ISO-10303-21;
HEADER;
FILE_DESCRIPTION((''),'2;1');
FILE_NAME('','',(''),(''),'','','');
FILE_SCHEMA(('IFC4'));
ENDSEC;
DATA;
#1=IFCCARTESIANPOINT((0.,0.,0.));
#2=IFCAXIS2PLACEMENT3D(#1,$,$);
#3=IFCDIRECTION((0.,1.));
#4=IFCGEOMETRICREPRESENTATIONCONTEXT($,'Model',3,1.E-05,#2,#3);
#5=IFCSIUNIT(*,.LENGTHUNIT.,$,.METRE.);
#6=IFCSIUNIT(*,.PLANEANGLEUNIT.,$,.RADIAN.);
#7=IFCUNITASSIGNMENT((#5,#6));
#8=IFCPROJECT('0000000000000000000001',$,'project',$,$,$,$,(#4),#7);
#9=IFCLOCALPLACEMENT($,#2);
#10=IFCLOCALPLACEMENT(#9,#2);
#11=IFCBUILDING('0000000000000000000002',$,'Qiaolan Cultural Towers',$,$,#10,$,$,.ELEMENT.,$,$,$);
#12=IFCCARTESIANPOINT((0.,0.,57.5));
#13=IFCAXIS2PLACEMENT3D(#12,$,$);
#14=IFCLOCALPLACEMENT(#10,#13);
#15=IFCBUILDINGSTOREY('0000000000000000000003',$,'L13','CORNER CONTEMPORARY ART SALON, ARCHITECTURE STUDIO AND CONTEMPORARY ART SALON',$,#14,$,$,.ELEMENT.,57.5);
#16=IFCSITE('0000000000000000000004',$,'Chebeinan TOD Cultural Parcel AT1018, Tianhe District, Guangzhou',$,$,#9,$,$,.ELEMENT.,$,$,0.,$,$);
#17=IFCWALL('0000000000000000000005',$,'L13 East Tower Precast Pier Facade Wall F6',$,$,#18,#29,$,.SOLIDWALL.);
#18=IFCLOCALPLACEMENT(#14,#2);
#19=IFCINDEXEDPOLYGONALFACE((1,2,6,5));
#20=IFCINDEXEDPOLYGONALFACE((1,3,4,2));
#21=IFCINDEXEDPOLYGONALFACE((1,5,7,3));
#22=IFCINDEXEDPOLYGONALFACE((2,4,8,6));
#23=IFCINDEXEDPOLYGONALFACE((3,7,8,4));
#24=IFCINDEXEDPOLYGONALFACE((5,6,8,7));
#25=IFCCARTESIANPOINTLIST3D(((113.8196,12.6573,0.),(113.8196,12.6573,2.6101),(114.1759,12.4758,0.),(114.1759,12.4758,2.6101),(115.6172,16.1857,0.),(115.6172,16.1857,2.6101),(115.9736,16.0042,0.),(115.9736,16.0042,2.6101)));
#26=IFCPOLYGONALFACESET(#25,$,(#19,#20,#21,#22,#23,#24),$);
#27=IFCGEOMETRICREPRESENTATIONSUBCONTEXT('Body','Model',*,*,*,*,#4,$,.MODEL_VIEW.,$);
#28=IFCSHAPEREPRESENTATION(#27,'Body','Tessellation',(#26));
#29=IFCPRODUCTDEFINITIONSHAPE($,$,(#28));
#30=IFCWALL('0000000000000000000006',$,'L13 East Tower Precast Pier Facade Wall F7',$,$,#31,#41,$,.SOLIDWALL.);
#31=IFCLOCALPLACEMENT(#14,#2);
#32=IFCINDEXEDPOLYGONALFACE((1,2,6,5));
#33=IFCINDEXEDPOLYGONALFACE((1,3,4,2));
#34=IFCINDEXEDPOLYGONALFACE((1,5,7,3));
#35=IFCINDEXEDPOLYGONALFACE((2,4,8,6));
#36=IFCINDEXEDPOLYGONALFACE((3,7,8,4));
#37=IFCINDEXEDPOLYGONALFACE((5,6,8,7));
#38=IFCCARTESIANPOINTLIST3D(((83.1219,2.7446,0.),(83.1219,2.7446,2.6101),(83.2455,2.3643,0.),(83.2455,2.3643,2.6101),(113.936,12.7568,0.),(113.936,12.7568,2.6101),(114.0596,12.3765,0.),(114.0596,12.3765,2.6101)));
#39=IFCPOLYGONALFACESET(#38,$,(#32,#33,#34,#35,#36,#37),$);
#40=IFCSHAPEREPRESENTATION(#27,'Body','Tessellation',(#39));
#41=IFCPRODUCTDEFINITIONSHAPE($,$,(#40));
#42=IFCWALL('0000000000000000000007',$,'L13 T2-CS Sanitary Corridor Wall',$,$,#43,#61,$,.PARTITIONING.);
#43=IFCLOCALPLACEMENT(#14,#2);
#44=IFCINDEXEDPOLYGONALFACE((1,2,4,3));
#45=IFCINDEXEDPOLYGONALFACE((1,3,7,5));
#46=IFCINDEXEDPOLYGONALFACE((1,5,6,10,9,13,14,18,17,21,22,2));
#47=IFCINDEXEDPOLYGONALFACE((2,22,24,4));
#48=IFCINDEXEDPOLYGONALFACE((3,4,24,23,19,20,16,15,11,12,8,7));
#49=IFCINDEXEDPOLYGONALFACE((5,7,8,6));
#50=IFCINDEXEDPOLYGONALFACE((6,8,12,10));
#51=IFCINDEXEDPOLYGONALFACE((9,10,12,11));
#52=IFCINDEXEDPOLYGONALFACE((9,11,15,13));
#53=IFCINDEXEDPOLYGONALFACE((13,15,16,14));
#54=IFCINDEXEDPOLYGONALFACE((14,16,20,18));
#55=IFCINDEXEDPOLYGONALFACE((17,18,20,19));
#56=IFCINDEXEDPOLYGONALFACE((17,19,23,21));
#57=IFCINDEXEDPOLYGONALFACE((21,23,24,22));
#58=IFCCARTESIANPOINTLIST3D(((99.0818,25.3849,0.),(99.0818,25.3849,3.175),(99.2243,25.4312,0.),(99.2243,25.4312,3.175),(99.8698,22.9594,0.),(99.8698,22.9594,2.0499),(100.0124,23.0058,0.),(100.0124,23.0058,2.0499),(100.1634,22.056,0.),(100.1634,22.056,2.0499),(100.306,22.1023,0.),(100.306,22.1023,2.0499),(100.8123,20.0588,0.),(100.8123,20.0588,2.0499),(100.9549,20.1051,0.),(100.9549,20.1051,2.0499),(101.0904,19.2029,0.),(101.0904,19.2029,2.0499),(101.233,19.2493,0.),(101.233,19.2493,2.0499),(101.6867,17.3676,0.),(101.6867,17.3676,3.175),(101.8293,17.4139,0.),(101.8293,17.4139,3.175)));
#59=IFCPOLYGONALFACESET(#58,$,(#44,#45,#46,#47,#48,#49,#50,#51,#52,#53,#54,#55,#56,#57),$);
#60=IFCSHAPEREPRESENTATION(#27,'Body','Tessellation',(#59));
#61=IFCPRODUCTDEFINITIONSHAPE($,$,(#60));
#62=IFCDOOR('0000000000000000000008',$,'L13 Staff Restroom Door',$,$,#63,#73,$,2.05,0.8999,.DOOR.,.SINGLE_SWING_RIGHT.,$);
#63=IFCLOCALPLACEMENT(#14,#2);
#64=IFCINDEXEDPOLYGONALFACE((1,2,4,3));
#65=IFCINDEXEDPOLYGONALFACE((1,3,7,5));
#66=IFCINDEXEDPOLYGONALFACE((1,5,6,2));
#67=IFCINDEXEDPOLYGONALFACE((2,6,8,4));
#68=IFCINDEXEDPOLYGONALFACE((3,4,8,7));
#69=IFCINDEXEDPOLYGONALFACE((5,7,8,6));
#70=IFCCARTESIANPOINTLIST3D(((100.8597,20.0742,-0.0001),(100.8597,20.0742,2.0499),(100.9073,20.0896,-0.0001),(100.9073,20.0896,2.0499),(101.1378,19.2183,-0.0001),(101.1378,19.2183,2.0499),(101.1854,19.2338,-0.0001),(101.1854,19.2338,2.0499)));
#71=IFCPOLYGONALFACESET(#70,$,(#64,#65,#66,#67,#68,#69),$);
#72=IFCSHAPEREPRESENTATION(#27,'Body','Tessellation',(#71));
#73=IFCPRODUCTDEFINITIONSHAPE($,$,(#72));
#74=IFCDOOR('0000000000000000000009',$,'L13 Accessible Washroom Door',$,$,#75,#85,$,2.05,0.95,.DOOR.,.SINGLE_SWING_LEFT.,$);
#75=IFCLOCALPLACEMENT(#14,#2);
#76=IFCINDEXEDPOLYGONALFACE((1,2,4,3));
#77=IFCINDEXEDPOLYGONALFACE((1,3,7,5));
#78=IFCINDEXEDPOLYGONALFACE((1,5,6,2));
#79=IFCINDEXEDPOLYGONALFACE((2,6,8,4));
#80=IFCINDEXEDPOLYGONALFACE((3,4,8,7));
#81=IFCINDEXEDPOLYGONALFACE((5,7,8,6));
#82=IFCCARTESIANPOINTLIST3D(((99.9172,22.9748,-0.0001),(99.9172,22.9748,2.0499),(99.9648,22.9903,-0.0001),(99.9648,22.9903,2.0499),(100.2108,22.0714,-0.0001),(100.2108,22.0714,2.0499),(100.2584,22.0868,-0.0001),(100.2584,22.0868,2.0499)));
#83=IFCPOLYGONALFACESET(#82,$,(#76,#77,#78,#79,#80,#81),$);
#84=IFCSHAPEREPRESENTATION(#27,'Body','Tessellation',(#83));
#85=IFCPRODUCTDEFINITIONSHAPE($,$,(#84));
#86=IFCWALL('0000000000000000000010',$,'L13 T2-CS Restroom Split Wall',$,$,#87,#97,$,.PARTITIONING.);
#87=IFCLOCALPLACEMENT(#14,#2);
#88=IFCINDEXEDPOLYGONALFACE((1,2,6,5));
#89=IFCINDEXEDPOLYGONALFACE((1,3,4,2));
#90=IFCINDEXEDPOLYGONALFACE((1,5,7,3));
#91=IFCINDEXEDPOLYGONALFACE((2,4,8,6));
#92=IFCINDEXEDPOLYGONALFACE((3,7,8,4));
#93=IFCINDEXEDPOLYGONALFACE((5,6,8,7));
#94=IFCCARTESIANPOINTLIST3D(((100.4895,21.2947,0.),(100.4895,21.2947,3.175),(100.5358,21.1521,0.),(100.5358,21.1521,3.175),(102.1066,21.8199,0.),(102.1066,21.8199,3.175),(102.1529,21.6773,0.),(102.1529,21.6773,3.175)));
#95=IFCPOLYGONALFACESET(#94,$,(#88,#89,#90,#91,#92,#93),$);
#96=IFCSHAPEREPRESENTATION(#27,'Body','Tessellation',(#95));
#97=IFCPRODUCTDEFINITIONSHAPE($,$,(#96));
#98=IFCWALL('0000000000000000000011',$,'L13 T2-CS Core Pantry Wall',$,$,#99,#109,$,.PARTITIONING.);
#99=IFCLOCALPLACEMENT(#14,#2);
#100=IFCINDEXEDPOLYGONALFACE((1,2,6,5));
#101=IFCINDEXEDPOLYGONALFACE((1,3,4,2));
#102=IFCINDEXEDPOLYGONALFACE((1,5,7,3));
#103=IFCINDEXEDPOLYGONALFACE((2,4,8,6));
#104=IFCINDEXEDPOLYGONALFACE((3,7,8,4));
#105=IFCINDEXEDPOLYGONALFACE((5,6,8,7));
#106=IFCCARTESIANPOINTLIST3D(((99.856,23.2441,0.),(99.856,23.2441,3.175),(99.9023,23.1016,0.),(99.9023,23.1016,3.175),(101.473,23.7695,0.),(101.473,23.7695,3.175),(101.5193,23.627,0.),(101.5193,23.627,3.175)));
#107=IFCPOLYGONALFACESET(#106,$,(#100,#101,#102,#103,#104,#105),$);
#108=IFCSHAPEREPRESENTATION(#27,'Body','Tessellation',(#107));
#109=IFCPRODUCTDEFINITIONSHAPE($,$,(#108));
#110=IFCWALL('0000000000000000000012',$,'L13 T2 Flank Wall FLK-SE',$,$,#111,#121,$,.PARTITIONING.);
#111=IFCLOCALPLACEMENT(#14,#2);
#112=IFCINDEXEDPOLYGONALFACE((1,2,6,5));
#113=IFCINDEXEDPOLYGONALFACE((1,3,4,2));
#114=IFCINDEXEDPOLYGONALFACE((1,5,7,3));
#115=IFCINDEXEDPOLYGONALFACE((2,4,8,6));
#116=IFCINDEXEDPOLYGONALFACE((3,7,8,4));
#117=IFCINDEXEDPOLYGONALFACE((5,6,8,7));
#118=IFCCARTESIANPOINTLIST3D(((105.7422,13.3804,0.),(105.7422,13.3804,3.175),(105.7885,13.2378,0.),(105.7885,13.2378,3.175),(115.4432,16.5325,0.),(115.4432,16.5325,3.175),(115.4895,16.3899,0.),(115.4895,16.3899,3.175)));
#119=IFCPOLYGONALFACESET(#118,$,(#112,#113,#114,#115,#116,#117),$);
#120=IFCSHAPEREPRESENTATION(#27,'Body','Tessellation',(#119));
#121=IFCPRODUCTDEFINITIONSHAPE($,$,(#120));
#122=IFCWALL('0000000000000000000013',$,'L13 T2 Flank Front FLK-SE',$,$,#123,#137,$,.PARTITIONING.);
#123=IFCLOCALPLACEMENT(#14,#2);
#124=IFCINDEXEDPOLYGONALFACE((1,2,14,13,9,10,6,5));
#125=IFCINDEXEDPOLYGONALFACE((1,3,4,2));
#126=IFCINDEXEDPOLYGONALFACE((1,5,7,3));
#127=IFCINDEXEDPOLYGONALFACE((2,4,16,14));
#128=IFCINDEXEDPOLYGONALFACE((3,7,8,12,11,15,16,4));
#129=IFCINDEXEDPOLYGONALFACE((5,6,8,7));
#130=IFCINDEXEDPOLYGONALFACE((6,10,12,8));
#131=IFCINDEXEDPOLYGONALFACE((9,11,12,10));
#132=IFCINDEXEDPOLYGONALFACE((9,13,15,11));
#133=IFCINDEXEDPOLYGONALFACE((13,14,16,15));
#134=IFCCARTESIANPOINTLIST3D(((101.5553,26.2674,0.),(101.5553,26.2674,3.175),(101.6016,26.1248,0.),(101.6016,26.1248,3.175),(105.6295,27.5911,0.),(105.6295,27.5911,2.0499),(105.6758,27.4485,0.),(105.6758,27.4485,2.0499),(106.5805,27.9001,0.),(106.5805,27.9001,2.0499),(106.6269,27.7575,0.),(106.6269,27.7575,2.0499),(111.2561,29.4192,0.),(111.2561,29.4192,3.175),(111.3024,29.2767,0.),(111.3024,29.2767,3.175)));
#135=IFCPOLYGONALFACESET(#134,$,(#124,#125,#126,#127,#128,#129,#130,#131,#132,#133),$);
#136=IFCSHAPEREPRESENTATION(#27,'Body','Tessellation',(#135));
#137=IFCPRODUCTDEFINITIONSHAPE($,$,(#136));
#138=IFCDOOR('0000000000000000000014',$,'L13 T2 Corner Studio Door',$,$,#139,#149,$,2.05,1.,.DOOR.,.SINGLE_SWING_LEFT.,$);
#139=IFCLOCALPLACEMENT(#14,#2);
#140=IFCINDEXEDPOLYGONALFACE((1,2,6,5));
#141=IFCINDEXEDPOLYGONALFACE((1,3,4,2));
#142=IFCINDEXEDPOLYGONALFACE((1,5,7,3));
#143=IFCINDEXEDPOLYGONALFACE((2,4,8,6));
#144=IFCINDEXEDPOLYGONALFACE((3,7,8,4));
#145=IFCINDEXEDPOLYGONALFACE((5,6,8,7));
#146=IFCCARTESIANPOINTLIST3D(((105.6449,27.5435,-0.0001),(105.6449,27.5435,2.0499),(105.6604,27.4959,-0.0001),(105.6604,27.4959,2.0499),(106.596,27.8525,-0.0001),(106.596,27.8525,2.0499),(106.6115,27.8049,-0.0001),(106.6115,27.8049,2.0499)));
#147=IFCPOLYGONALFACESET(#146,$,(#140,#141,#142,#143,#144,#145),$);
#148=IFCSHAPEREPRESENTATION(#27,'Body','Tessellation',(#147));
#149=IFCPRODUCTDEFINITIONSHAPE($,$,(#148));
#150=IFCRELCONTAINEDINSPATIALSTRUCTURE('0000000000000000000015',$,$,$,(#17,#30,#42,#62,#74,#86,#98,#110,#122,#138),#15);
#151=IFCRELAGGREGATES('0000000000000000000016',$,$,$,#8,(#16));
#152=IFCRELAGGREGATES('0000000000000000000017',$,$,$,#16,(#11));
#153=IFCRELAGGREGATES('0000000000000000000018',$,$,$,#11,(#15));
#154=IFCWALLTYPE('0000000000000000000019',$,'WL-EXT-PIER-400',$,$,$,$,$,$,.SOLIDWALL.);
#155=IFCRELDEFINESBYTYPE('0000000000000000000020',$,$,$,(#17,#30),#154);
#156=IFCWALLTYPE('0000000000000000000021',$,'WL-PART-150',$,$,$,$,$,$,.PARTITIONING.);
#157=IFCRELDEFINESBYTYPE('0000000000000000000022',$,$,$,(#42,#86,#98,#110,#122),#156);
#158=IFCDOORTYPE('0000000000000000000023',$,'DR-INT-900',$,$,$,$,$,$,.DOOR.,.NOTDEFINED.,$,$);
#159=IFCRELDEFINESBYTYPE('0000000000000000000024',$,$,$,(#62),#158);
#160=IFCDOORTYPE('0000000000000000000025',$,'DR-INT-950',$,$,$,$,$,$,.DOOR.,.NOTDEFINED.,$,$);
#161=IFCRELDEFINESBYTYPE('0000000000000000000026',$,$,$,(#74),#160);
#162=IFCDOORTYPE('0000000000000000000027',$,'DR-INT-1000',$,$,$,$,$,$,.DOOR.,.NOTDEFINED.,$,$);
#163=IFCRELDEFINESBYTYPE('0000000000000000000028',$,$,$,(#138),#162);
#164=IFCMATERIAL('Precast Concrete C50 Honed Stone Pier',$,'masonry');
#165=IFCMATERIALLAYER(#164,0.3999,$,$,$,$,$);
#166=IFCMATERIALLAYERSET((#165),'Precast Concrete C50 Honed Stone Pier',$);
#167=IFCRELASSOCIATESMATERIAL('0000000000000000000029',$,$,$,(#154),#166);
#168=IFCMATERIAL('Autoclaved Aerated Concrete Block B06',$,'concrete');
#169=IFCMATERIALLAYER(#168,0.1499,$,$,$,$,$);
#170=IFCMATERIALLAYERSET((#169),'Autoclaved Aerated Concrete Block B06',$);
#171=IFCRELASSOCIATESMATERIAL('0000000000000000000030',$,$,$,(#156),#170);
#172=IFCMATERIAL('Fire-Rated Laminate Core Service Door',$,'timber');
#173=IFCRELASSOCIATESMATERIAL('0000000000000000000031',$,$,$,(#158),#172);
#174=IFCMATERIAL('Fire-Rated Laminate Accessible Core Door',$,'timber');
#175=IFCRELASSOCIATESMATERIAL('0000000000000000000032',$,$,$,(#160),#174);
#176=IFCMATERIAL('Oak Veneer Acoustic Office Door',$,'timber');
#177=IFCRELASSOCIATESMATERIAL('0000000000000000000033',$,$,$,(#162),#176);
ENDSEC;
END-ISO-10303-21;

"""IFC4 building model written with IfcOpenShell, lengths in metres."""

from ifc_helpers import new_model, si_unit, direction, frame, frame_2d, origin, place, context, subcontext, project, spatial, rectangle, extrude, material, layer, layer_set, type_object, element, fill, save


model = new_model("IFC4")

# Units and contexts
model_context = context("Model", 3, precision=1e-05, world=origin(), true_north=direction((0.0, 1.0)))
body_context = subcontext(model_context, "Body", "Model", "MODEL_VIEW")
ifc_project = project(units=[si_unit("LENGTHUNIT", "METRE"), si_unit("PLANEANGLEUNIT", "RADIAN")], contexts=[model_context])

# Site, building, storey
site_placement = place(None, origin())
site = spatial("IfcSite", under=ifc_project, at=site_placement, Name="Chebeinan TOD Cultural Parcel AT1018, Tianhe District, Guangzhou", CompositionType="ELEMENT", RefElevation=0.0)
building_placement = place(site_placement, origin())
building = spatial("IfcBuilding", under=site, at=building_placement, Name="Qiaolan Cultural Towers", CompositionType="ELEMENT")
storey_placement = place(building_placement, frame((0.0, 0.0, 57.5)))
storey = spatial("IfcBuildingStorey", under=building, at=storey_placement, Name="L13", Description="CORNER CONTEMPORARY ART SALON, ARCHITECTURE STUDIO AND CONTEMPORARY ART SALON", CompositionType="ELEMENT", Elevation=57.5)

# Walls
ifc_material_1 = material(Name="Precast Concrete C50 Honed Stone Pier", Category="masonry")
ifc_layer_1 = layer(ifc_material_1, 0.3999)
ifc_layer_set_1 = layer_set([ifc_layer_1], Name="Precast Concrete C50 Honed Stone Pier")
wall_type_1 = type_object("IfcWallType", Name="WL-EXT-PIER-400", PredefinedType="SOLIDWALL", material=ifc_layer_set_1)
wall_1_placement = place(storey_placement, frame((115.7954, 16.095, 0.0), z_axis=(0.0, 0.0, 1.0), x_axis=(-0.453958, -0.891023, 0.0)))
element("IfcWall", 1, at=wall_1_placement, inside=storey, type_object=wall_type_1, Name="L13 East Tower Precast Pier Facade Wall F6", PredefinedType="SOLIDWALL", context=body_context, shape_type="SweptSolid", body=[
    extrude(rectangle(XDim=3.96, YDim=0.3999, at=frame_2d((1.98, 0.0))), origin(), (0.0, 0.0, 1.0), 2.6101),
])
wall_2_placement = place(storey_placement, frame((113.9978, 12.5667, 0.0), z_axis=(0.0, 0.0, 1.0), x_axis=(-0.951056, -0.309019, 0.0)))
element("IfcWall", 2, at=wall_2_placement, inside=storey, type_object=wall_type_1, Name="L13 East Tower Precast Pier Facade Wall F7", PredefinedType="SOLIDWALL", context=body_context, shape_type="SweptSolid", body=[
    extrude(rectangle(XDim=32.3999, YDim=0.3999, at=frame_2d((16.2, 0.0))), origin(), (0.0, 0.0, 1.0), 2.6101),
])

# Wall, openings, doors
ifc_material_2 = material(Name="Autoclaved Aerated Concrete Block B06", Category="concrete")
ifc_layer_2 = layer(ifc_material_2, 0.1499)
ifc_layer_set_2 = layer_set([ifc_layer_2], Name="Autoclaved Aerated Concrete Block B06")
wall_type_2 = type_object("IfcWallType", Name="WL-PART-150", PredefinedType="PARTITIONING", material=ifc_layer_set_2)
wall_3_placement = place(storey_placement, frame((99.1531, 25.408, 0.0), z_axis=(0.0, 0.0, 1.0), x_axis=(0.309016, -0.951057, 0.0)))
wall_3 = element("IfcWall", 3, at=wall_3_placement, inside=storey, type_object=wall_type_2, Name="L13 T2-CS Sanitary Corridor Wall", PredefinedType="PARTITIONING", context=body_context, shape_type="SweptSolid", body=[
    extrude(rectangle(XDim=8.4299, YDim=0.1499, at=frame_2d((4.2148, 0.0))), origin(), (0.0, 0.0, 1.0), 3.175),
])
opening_1_placement = place(wall_3_placement, frame((2.55, 0.0, 0.0)))
opening_1 = element("IfcOpeningElement", 4, at=opening_1_placement, cuts=wall_3, PredefinedType="OPENING", context=body_context, shape_type="SweptSolid", body=[
    extrude(rectangle(XDim=0.95, YDim=2.05, at=frame_2d((0.4751, 1.0249))), frame((0.0, 0.085, 0.0), z_axis=(0.0, -1.0, 0.0), x_axis=(1.0, 0.0, 0.0)), (0.0, 0.0, 1.0), 0.1699),
])
opening_2_placement = place(wall_3_placement, frame((5.6001, 0.0, 0.0)))
opening_2 = element("IfcOpeningElement", 5, at=opening_2_placement, cuts=wall_3, PredefinedType="OPENING", context=body_context, shape_type="SweptSolid", body=[
    extrude(rectangle(XDim=0.8999, YDim=2.05, at=frame_2d((0.45, 1.0249))), frame((0.0, 0.085, 0.0), z_axis=(0.0, -1.0, 0.0), x_axis=(1.0, 0.0, 0.0)), (0.0, 0.0, 1.0), 0.1699),
])
ifc_material_3 = material(Name="Fire-Rated Laminate Core Service Door", Category="timber")
door_type_1 = type_object("IfcDoorType", Name="DR-INT-900", OperationType="NOTDEFINED", PredefinedType="DOOR", material=ifc_material_3)
door_1_placement = place(opening_2_placement, origin())
door_1 = element("IfcDoor", 6, at=door_1_placement, inside=storey, type_object=door_type_1, Name="L13 Staff Restroom Door", OperationType="SINGLE_SWING_RIGHT", OverallHeight=2.05, OverallWidth=0.8999, PredefinedType="DOOR", context=body_context, shape_type="SweptSolid", body=[
    extrude(rectangle(XDim=0.8999, YDim=2.05, at=frame_2d((0.45, 1.0249))), frame((0.0, 0.0249, 0.0), z_axis=(0.0, -1.0, 0.0), x_axis=(1.0, 0.0, 0.0)), (0.0, 0.0, 1.0), 0.05),
])
fill(opening_2, door_1)
ifc_material_4 = material(Name="Fire-Rated Laminate Accessible Core Door", Category="timber")
door_type_2 = type_object("IfcDoorType", Name="DR-INT-950", OperationType="NOTDEFINED", PredefinedType="DOOR", material=ifc_material_4)
door_2_placement = place(opening_1_placement, origin())
door_2 = element("IfcDoor", 7, at=door_2_placement, inside=storey, type_object=door_type_2, Name="L13 Accessible Washroom Door", OperationType="SINGLE_SWING_LEFT", OverallHeight=2.05, OverallWidth=0.95, PredefinedType="DOOR", context=body_context, shape_type="SweptSolid", body=[
    extrude(rectangle(XDim=0.95, YDim=2.05, at=frame_2d((0.4751, 1.0249))), frame((0.0, 0.0249, 0.0), z_axis=(0.0, -1.0, 0.0), x_axis=(1.0, 0.0, 0.0)), (0.0, 0.0, 1.0), 0.05),
])
fill(opening_1, door_2)

# Walls
for number, where, z_axis, x_axis, name in (
    (8, (100.5127, 21.2234, 0.0), (0.0, 0.0, 1.0), (0.951096, 0.308894, 0.0), "L13 T2-CS Restroom Split Wall"),
    (9, (99.8792, 23.1729, 0.0), (0.0, 0.0, 1.0), (0.951054, 0.309024, 0.0), "L13 T2-CS Core Pantry Wall"),
):
    element("IfcWall", number, at=place(storey_placement, frame(where, z_axis=z_axis, x_axis=x_axis)), inside=storey, type_object=wall_type_2, Name=name, PredefinedType="PARTITIONING", context=body_context, shape_type="SweptSolid", body=[
        extrude(rectangle(XDim=1.7002, YDim=0.1499, at=frame_2d((0.8501, 0.0))), origin(), (0.0, 0.0, 1.0), 3.175),
    ])
wall_4_placement = place(storey_placement, frame((105.7654, 13.3091, 0.0), z_axis=(0.0, 0.0, 1.0), x_axis=(0.951054, 0.309024, 0.0)))
element("IfcWall", 10, at=wall_4_placement, inside=storey, type_object=wall_type_2, Name="L13 T2 Flank Wall FLK-SE", PredefinedType="PARTITIONING", context=body_context, shape_type="SweptSolid", body=[
    extrude(rectangle(XDim=10.2002, YDim=0.1499, at=frame_2d((5.1001, 0.0))), origin(), (0.0, 0.0, 1.0), 3.175),
])

# Wall, opening, door
wall_5_placement = place(storey_placement, frame((101.5784, 26.196, 0.0), z_axis=(0.0, 0.0, 1.0), x_axis=(0.951059, 0.309009, 0.0)))
wall_5 = element("IfcWall", 11, at=wall_5_placement, inside=storey, type_object=wall_type_2, Name="L13 T2 Flank Front FLK-SE", PredefinedType="PARTITIONING", context=body_context, shape_type="SweptSolid", body=[
    extrude(rectangle(XDim=10.2, YDim=0.1499, at=frame_2d((5.1001, 0.0))), origin(), (0.0, 0.0, 1.0), 3.175),
])
opening_3_placement = place(wall_5_placement, frame((4.2839, 0.0, 0.0)))
opening_3 = element("IfcOpeningElement", 12, at=opening_3_placement, cuts=wall_5, PredefinedType="OPENING", context=body_context, shape_type="SweptSolid", body=[
    extrude(rectangle(XDim=1.0, YDim=2.05, at=frame_2d((0.5, 1.0249))), frame((0.0, 0.085, 0.0), z_axis=(0.0, -1.0, 0.0), x_axis=(1.0, 0.0, 0.0)), (0.0, 0.0, 1.0), 0.1699),
])
ifc_material_5 = material(Name="Oak Veneer Acoustic Office Door", Category="timber")
door_type_3 = type_object("IfcDoorType", Name="DR-INT-1000", OperationType="NOTDEFINED", PredefinedType="DOOR", material=ifc_material_5)
door_3_placement = place(opening_3_placement, origin())
door_3 = element("IfcDoor", 13, at=door_3_placement, inside=storey, type_object=door_type_3, Name="L13 T2 Corner Studio Door", OperationType="SINGLE_SWING_LEFT", OverallHeight=2.05, OverallWidth=1.0, PredefinedType="DOOR", context=body_context, shape_type="SweptSolid", body=[
    extrude(rectangle(XDim=1.0, YDim=2.05, at=frame_2d((0.5, 1.0249))), frame((0.0, 0.0249, 0.0), z_axis=(0.0, -1.0, 0.0), x_axis=(1.0, 0.0, 0.0)), (0.0, 0.0, 1.0), 0.05),
])
fill(opening_3, door_3)

save(model, "model.ifc")
